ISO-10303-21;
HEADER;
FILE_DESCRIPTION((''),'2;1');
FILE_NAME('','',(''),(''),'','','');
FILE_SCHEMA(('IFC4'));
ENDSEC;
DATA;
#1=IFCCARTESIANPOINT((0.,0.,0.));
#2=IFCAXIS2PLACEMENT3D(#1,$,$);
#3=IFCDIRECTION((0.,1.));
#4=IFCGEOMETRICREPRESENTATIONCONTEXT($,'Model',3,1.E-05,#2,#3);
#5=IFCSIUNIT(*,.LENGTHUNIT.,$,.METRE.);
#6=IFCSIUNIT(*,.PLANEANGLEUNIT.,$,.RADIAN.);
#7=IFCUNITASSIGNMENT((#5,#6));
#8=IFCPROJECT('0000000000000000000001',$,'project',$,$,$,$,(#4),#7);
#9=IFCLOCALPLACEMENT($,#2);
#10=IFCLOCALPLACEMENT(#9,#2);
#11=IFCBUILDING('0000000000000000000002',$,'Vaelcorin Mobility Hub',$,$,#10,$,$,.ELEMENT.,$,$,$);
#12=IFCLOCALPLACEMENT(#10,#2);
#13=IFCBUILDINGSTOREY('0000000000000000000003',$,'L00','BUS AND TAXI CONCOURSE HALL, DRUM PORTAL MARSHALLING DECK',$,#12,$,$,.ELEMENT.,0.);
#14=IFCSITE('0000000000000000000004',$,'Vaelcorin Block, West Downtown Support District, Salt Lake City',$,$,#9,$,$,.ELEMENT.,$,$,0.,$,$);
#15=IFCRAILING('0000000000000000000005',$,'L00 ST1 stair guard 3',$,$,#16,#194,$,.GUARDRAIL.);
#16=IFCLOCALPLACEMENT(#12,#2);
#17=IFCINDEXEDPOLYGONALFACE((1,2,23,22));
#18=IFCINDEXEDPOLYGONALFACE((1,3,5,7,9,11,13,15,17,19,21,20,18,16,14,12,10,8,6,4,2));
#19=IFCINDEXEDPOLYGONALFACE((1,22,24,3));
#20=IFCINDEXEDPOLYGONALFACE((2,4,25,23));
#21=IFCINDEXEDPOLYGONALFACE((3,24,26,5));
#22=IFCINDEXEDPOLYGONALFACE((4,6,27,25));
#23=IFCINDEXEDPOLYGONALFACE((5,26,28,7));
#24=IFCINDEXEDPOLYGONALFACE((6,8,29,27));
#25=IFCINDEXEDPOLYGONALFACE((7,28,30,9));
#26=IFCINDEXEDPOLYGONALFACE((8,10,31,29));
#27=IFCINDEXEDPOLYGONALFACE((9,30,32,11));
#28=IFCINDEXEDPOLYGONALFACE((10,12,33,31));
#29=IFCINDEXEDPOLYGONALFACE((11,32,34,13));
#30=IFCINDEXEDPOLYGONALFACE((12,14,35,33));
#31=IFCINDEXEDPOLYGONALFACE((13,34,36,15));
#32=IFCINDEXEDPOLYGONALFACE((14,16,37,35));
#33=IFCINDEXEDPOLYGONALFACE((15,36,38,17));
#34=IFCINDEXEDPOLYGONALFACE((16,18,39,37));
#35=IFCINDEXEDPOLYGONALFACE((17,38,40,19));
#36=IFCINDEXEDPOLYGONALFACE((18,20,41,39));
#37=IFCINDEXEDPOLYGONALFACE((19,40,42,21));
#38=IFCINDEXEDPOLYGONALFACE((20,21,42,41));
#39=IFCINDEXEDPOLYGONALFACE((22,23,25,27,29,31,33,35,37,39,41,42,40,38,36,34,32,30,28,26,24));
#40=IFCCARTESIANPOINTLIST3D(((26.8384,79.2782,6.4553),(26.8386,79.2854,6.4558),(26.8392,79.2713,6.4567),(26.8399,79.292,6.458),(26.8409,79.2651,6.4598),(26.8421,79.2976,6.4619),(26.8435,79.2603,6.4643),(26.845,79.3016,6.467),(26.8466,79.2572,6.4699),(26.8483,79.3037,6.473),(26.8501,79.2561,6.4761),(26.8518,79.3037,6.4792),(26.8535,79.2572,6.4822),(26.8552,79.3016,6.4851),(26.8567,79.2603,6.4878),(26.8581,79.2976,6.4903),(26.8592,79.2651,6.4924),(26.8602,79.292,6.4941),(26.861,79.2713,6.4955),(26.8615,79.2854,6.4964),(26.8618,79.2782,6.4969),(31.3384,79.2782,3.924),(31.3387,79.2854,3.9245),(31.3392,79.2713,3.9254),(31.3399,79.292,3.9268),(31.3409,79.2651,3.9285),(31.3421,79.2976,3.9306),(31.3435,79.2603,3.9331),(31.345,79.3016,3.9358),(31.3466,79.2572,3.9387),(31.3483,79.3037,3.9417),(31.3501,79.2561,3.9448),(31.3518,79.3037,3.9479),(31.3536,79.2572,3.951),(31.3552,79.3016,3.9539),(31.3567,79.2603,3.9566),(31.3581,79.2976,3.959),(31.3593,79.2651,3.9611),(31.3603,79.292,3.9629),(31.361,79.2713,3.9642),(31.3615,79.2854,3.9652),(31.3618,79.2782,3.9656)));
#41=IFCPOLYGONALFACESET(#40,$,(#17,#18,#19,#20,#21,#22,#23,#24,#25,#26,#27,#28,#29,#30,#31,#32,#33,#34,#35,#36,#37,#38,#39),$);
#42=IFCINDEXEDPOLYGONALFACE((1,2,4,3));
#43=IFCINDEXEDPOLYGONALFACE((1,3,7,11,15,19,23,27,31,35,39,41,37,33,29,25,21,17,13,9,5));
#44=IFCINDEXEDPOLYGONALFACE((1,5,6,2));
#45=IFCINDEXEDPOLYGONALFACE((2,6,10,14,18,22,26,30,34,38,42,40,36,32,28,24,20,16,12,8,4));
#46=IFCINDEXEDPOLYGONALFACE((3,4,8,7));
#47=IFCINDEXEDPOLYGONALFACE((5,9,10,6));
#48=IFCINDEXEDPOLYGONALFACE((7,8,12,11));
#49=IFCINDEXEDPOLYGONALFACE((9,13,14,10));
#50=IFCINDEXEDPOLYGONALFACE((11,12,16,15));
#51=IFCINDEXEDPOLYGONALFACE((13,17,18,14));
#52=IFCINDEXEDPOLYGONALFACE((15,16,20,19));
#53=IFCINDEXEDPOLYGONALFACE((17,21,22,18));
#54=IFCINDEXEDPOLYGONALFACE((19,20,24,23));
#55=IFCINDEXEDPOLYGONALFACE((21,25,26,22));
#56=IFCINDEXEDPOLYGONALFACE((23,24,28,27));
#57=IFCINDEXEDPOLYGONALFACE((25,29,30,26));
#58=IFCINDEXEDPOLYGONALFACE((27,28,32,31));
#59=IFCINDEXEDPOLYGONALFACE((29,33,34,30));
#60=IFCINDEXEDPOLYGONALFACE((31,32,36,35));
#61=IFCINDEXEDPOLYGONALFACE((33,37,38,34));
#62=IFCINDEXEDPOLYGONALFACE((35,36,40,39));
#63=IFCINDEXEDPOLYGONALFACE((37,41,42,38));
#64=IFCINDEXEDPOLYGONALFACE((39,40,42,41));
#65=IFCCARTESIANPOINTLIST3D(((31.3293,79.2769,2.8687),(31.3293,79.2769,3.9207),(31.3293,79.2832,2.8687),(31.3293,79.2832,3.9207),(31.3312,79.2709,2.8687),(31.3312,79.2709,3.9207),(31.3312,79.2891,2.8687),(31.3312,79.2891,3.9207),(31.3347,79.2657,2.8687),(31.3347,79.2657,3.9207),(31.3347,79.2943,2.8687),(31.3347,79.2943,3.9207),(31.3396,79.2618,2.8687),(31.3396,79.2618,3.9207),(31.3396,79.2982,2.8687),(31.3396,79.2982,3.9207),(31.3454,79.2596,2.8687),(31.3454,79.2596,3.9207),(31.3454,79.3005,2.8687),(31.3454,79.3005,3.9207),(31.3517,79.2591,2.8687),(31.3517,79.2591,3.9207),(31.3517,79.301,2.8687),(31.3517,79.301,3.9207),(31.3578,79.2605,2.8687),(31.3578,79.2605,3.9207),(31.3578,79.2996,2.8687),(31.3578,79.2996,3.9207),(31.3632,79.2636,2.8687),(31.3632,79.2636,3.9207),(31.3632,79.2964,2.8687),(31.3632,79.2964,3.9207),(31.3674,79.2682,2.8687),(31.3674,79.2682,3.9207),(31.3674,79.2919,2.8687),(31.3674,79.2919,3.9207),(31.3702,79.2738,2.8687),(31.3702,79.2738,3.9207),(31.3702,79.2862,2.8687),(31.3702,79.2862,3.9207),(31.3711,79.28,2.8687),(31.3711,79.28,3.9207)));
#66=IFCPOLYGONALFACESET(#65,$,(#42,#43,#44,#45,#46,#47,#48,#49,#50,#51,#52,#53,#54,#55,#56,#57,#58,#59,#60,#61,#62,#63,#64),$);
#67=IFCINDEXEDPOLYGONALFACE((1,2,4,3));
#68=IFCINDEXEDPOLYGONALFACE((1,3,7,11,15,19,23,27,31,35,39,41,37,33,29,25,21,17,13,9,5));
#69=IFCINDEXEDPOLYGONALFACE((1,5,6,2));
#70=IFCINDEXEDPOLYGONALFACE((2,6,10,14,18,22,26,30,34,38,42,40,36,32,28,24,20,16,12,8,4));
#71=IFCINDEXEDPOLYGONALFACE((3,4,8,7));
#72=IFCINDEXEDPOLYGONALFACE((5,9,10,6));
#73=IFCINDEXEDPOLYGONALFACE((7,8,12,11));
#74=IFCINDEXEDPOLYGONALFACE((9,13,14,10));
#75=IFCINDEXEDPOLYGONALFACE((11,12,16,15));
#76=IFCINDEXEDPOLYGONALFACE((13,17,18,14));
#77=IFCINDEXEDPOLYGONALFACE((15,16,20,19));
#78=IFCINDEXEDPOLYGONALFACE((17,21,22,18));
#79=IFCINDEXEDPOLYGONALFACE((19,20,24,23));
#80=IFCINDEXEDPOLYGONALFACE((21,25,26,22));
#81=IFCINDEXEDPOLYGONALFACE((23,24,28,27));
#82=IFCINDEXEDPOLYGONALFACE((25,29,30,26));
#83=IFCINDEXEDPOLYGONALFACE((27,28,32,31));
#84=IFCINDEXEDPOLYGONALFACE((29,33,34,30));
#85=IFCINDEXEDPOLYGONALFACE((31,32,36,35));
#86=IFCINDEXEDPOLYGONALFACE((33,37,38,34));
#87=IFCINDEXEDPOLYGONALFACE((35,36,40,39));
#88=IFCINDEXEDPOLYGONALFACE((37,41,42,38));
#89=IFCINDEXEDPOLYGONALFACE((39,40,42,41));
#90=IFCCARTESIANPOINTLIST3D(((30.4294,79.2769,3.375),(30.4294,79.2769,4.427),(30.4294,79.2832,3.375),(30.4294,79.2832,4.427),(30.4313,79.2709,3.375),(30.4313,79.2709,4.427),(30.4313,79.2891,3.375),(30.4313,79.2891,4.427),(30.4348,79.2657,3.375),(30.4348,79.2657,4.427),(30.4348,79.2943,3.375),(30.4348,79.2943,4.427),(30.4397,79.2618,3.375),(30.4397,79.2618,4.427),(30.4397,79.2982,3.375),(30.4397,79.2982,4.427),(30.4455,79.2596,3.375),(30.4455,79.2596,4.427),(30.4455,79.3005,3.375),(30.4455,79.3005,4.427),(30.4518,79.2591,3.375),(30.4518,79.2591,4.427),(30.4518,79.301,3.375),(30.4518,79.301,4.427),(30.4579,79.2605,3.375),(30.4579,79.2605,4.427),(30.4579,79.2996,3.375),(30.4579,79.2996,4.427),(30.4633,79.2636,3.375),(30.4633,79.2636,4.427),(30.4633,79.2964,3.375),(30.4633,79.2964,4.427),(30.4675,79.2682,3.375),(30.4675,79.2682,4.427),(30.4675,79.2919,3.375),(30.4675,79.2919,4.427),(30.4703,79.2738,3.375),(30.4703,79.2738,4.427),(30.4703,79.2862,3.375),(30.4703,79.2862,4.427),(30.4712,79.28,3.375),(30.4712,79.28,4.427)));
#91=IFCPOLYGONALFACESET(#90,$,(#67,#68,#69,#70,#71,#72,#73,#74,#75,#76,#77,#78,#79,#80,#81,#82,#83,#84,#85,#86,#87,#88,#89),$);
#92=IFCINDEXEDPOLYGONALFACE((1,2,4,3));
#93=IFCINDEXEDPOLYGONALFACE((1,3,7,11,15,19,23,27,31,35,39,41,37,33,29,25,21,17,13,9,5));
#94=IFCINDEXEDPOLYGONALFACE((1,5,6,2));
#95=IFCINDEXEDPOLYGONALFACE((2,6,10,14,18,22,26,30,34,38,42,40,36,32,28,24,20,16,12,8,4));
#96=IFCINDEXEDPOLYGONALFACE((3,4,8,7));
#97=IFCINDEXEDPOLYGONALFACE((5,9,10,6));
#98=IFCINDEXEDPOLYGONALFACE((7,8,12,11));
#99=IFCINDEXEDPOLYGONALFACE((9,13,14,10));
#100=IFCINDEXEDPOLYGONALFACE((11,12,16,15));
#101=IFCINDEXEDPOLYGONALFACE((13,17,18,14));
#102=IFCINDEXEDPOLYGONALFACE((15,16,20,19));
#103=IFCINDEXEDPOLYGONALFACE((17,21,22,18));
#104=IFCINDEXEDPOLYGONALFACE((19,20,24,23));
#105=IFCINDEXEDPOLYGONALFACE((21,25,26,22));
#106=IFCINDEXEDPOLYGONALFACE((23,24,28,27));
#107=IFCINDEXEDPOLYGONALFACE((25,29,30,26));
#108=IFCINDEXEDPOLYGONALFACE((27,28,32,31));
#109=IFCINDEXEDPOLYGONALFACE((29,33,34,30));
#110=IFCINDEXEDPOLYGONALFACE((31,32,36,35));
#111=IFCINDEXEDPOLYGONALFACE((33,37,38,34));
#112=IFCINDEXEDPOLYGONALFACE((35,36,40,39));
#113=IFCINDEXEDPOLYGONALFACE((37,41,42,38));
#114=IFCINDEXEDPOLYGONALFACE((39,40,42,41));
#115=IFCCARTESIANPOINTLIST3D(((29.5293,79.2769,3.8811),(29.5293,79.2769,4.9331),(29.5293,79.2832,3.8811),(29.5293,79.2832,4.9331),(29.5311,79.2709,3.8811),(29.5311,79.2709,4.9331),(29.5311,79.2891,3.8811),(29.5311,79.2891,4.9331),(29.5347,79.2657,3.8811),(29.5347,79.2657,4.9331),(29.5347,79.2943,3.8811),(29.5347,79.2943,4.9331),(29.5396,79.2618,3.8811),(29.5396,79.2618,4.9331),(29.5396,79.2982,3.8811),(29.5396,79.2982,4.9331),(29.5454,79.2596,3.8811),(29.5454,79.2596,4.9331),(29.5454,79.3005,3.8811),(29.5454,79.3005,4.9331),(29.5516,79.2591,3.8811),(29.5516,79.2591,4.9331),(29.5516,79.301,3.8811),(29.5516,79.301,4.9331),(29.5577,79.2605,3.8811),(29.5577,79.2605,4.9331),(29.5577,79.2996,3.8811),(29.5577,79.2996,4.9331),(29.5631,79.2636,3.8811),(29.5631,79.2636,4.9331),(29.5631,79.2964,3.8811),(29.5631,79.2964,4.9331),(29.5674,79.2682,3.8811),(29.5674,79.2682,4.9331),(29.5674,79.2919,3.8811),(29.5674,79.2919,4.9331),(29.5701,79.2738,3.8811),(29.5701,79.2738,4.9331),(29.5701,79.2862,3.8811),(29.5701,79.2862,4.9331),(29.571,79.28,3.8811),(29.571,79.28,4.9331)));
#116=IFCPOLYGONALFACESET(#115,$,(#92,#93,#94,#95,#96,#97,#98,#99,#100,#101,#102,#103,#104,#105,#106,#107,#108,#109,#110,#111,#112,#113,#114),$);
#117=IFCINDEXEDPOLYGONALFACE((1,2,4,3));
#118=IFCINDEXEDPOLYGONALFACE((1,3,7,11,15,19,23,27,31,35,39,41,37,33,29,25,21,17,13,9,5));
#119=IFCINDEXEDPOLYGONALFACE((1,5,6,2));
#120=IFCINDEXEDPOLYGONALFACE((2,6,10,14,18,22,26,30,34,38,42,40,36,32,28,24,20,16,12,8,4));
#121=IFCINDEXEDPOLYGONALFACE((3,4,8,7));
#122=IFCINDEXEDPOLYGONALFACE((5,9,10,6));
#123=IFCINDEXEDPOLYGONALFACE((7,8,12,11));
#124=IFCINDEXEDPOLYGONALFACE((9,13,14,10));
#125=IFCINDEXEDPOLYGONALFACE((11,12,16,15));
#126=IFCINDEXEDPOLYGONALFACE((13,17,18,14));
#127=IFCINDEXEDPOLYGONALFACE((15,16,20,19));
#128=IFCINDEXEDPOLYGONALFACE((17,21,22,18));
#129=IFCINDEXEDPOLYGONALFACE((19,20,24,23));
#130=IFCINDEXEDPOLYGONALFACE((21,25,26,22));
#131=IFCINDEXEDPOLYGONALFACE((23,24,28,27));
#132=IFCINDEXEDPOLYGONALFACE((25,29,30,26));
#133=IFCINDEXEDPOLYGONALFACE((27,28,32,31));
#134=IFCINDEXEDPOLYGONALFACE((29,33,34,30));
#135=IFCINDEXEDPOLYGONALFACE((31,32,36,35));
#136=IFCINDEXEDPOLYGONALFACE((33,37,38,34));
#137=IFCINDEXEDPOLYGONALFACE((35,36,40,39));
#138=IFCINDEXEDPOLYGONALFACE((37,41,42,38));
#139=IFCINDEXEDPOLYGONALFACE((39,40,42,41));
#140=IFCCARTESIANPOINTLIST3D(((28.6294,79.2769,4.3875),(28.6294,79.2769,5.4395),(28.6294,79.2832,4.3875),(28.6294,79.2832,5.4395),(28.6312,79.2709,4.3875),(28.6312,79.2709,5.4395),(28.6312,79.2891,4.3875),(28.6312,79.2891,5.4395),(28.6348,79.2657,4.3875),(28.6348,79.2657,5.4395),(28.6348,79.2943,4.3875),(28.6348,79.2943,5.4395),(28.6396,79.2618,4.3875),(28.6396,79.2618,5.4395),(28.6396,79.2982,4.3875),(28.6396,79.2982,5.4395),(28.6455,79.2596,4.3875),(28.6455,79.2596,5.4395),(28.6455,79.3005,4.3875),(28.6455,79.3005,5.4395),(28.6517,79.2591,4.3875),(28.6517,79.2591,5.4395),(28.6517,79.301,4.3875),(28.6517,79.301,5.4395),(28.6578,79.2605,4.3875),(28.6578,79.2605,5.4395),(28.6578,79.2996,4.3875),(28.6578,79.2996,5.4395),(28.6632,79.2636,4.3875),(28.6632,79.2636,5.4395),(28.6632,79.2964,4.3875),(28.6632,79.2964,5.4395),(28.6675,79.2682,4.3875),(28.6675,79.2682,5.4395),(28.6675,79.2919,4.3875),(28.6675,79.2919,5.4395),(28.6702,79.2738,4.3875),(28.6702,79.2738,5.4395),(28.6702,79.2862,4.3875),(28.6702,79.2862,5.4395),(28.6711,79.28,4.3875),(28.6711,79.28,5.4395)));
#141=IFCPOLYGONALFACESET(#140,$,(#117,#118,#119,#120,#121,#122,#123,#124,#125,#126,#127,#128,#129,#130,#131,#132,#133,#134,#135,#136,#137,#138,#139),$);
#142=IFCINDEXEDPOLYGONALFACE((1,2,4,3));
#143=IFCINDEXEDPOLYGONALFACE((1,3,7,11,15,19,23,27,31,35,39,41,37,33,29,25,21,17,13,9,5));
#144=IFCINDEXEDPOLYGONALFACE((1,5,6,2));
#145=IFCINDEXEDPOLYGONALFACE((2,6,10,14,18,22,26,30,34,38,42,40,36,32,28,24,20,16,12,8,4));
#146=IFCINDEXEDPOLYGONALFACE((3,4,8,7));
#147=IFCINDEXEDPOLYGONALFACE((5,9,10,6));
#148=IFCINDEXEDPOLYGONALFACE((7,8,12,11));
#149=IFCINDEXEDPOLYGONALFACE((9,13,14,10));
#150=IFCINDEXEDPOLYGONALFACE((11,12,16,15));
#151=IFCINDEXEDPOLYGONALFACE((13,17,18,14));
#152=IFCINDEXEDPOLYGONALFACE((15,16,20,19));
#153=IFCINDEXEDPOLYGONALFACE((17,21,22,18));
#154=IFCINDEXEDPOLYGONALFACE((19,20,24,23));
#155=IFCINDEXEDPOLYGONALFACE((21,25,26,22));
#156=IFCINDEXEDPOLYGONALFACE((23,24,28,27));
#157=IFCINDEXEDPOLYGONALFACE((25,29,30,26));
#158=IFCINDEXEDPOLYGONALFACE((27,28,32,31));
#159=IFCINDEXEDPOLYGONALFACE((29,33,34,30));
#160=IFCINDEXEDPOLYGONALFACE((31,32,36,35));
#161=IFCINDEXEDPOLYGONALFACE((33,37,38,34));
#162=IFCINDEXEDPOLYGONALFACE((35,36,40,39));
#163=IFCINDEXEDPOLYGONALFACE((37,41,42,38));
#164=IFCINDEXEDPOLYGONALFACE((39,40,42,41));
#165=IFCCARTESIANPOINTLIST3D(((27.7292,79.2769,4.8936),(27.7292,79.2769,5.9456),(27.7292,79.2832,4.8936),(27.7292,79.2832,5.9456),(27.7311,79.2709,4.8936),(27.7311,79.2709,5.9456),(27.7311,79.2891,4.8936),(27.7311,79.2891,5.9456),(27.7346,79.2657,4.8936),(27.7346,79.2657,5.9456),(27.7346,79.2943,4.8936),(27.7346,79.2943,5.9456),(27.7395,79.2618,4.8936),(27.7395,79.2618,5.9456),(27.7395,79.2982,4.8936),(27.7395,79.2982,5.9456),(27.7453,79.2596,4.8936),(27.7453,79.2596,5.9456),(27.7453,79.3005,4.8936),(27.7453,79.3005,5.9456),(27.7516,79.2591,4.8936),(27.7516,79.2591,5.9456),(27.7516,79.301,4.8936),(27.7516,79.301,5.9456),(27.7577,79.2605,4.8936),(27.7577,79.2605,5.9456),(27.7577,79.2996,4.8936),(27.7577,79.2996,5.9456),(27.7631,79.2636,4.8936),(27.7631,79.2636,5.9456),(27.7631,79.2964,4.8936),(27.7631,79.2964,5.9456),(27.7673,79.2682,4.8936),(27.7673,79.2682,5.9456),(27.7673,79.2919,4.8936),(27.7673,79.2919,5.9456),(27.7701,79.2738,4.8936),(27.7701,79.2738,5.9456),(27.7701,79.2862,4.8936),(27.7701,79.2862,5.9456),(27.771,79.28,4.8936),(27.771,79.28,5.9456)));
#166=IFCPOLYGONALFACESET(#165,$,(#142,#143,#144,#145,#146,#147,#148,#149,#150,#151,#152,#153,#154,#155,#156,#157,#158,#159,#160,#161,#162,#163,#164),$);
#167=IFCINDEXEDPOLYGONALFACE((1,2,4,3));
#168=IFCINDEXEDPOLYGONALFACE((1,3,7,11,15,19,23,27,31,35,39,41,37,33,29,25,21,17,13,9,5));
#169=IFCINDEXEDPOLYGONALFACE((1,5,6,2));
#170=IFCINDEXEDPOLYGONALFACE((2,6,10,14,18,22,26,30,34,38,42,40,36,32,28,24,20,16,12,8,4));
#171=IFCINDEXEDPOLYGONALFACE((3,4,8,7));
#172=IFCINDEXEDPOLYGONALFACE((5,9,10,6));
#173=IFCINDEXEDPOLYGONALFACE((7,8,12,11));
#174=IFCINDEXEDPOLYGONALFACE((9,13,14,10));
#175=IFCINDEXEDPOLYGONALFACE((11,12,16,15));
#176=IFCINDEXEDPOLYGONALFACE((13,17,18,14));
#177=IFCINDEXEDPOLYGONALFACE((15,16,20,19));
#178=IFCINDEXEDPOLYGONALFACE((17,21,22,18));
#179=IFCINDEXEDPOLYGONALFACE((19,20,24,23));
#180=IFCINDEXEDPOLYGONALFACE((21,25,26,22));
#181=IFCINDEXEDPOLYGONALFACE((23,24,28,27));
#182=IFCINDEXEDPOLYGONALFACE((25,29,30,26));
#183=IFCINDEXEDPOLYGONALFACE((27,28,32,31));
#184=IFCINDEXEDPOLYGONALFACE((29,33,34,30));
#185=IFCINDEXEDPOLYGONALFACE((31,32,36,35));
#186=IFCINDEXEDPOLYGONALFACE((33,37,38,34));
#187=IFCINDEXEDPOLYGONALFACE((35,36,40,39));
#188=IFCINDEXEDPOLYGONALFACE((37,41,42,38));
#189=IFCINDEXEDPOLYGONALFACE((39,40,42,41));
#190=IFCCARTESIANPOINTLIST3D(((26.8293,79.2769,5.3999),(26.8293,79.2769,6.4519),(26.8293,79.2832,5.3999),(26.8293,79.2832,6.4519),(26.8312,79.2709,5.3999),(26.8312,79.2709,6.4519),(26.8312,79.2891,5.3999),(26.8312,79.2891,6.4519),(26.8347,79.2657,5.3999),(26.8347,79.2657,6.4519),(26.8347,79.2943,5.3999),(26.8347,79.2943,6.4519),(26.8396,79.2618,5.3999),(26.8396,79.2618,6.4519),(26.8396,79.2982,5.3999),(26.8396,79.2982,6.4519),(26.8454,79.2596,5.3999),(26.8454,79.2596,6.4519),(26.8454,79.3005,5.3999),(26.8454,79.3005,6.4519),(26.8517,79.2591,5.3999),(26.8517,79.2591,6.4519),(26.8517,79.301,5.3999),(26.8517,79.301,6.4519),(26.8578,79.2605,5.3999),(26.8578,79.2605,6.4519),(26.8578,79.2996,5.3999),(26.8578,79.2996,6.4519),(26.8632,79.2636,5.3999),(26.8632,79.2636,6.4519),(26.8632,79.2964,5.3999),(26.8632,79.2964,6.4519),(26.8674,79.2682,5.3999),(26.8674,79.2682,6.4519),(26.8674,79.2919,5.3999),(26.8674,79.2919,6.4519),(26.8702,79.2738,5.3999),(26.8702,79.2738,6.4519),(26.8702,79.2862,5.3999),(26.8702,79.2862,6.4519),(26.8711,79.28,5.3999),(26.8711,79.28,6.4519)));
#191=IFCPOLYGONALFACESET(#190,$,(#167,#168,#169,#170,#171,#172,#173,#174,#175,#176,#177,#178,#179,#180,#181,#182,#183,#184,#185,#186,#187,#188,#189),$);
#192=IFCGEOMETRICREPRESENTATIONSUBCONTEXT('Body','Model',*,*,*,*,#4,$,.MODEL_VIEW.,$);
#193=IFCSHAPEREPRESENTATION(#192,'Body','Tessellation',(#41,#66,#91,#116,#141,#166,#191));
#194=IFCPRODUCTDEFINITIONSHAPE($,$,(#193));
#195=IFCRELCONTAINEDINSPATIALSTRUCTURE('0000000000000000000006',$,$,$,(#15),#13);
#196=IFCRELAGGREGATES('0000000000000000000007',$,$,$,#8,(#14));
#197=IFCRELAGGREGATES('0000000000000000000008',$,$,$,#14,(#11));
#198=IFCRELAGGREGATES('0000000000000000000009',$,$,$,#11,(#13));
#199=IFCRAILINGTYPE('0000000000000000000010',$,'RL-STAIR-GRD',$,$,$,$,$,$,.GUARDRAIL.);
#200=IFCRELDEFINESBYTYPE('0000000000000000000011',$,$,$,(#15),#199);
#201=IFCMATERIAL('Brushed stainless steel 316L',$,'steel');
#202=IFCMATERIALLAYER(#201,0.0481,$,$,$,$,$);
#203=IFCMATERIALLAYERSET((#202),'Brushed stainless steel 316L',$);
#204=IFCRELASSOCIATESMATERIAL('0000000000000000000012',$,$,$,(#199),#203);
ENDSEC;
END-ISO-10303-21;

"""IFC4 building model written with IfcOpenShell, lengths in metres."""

from ifc_helpers import new_model, si_unit, direction, frame, origin, origin_2d, place, context, subcontext, project, spatial, circle, extrude, material, layer, layer_set, type_object, element, save


model = new_model("IFC4")

# Units and contexts
model_context = context("Model", 3, precision=1e-05, world=origin(), true_north=direction((0.0, 1.0)))
body_context = subcontext(model_context, "Body", "Model", "MODEL_VIEW")
ifc_project = project(units=[si_unit("LENGTHUNIT", "METRE"), si_unit("PLANEANGLEUNIT", "RADIAN")], contexts=[model_context])

# Site, building, storey
site_placement = place(None, origin())
site = spatial("IfcSite", under=ifc_project, at=site_placement, Name="Vaelcorin Block, West Downtown Support District, Salt Lake City", CompositionType="ELEMENT", RefElevation=0.0)
building_placement = place(site_placement, origin())
building = spatial("IfcBuilding", under=site, at=building_placement, Name="Vaelcorin Mobility Hub", CompositionType="ELEMENT")
storey_placement = place(building_placement, origin())
storey = spatial("IfcBuildingStorey", under=building, at=storey_placement, Name="L00", Description="BUS AND TAXI CONCOURSE HALL, DRUM PORTAL MARSHALLING DECK", CompositionType="ELEMENT", Elevation=0.0)

# Railing
ifc_material_1 = material(Name="Brushed stainless steel 316L", Category="steel")
ifc_layer_1 = layer(ifc_material_1, 0.0481)
ifc_layer_set_1 = layer_set([ifc_layer_1], Name="Brushed stainless steel 316L")
railing_type_1 = type_object("IfcRailingType", Name="RL-STAIR-GRD", PredefinedType="GUARDRAIL", material=ifc_layer_set_1)
railing_1_placement = place(storey_placement, frame((31.3501, 79.28, 2.8687)))
element("IfcRailing", 1, at=railing_1_placement, inside=storey, type_object=railing_type_1, Name="L00 ST1 stair guard 3", PredefinedType="GUARDRAIL", context=body_context, shape_type="SweptSolid", body=[
    extrude(circle(Radius=0.0239, at=origin_2d()), frame((0.0, 0.0, 1.0762), z_axis=(-0.871576, 0.0, 0.490261), x_axis=(0.0, -1.0, 0.0)), (0.0, 0.0, 1.0), 5.1631),
    extrude(circle(Radius=0.021, at=origin_2d()), origin(), (0.0, 0.0, 1.0), 1.052),
    extrude(circle(Radius=0.021, at=origin_2d()), frame((-0.8999, 0.0, 0.5063)), (0.0, 0.0, 1.0), 1.052),
    extrude(circle(Radius=0.021, at=origin_2d()), frame((-1.8, 0.0, 1.0125)), (0.0, 0.0, 1.0), 1.052),
    extrude(circle(Radius=0.021, at=origin_2d()), frame((-2.7, 0.0, 1.5188)), (0.0, 0.0, 1.0), 1.052),
    extrude(circle(Radius=0.021, at=origin_2d()), frame((-3.6001, 0.0, 2.0249)), (0.0, 0.0, 1.0), 1.052),
    extrude(circle(Radius=0.021, at=origin_2d()), frame((-4.5, 0.0, 2.5312)), (0.0, 0.0, 1.0), 1.052),
])

save(model, "model.ifc")
